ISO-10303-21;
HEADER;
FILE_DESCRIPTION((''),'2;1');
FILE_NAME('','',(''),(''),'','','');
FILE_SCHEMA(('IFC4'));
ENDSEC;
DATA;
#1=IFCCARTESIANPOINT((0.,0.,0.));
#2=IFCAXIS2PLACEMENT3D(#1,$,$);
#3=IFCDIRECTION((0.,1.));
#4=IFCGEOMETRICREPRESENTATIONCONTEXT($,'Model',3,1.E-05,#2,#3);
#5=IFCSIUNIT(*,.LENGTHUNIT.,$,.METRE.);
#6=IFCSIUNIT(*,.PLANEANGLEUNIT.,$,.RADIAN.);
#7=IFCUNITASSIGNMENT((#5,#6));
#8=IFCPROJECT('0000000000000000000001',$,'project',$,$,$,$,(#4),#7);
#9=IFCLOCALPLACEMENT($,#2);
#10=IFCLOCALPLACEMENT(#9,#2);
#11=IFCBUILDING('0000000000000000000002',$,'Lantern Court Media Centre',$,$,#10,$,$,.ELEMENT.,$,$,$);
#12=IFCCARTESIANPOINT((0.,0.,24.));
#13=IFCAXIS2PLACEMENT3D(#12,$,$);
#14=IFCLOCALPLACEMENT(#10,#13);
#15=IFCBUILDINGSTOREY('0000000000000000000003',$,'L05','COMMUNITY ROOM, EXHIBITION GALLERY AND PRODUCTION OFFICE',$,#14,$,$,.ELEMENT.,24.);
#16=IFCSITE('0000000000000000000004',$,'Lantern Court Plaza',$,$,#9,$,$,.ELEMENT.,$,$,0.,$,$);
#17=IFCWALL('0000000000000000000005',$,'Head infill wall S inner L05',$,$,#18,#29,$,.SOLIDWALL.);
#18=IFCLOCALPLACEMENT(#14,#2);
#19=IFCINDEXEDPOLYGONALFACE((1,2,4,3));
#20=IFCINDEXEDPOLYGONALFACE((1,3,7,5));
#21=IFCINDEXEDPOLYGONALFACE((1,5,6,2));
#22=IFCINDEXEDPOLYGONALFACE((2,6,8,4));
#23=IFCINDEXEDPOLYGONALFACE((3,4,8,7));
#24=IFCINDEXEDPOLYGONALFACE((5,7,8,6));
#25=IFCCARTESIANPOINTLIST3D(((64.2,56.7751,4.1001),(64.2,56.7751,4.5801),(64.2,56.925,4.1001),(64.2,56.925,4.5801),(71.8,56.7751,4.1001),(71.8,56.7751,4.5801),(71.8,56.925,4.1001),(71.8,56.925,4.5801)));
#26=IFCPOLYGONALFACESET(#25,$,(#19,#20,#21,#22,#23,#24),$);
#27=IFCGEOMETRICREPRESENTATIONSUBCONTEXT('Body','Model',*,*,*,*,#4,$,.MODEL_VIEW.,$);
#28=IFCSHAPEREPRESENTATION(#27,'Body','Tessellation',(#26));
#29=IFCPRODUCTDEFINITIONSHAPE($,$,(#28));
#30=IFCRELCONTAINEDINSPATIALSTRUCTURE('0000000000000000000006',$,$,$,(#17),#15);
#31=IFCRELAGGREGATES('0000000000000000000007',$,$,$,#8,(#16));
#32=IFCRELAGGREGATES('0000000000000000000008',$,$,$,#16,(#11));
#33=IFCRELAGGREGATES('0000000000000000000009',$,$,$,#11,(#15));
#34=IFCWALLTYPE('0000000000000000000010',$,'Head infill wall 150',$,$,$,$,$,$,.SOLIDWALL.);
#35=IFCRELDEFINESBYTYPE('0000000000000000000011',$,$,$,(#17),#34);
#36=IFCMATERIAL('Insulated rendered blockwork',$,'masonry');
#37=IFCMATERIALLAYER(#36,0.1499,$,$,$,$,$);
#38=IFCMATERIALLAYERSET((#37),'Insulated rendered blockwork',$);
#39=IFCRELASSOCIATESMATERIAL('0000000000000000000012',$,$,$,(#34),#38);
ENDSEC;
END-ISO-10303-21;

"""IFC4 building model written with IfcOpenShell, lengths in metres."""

from ifc_helpers import new_model, si_unit, direction, frame, frame_2d, origin, place, context, subcontext, project, spatial, rectangle, extrude, material, layer, layer_set, type_object, element, save


model = new_model("IFC4")

# Units and contexts
model_context = context("Model", 3, precision=1e-05, world=origin(), true_north=direction((0.0, 1.0)))
body_context = subcontext(model_context, "Body", "Model", "MODEL_VIEW")
ifc_project = project(units=[si_unit("LENGTHUNIT", "METRE"), si_unit("PLANEANGLEUNIT", "RADIAN")], contexts=[model_context])

# Site, building, storey
site_placement = place(None, origin())
site = spatial("IfcSite", under=ifc_project, at=site_placement, Name="Lantern Court Plaza", CompositionType="ELEMENT", RefElevation=0.0)
building_placement = place(site_placement, origin())
building = spatial("IfcBuilding", under=site, at=building_placement, Name="Lantern Court Media Centre", CompositionType="ELEMENT")
storey_placement = place(building_placement, frame((0.0, 0.0, 24.0)))
storey = spatial("IfcBuildingStorey", under=building, at=storey_placement, Name="L05", Description="COMMUNITY ROOM, EXHIBITION GALLERY AND PRODUCTION OFFICE", CompositionType="ELEMENT", Elevation=24.0)

# Wall
ifc_material_1 = material(Name="Insulated rendered blockwork", Category="masonry")
ifc_layer_1 = layer(ifc_material_1, 0.1499)
ifc_layer_set_1 = layer_set([ifc_layer_1], Name="Insulated rendered blockwork")
wall_type = type_object("IfcWallType", Name="Head infill wall 150", PredefinedType="SOLIDWALL", material=ifc_layer_set_1)
wall_placement = place(storey_placement, frame((64.2, 56.8501, 4.1001), z_axis=(0.0, 0.0, 1.0), x_axis=(1.0, 0.0, 0.0)))
element("IfcWall", 1, at=wall_placement, inside=storey, type_object=wall_type, Name="Head infill wall S inner L05", PredefinedType="SOLIDWALL", context=body_context, shape_type="SweptSolid", body=[
    extrude(rectangle(XDim=7.6001, YDim=0.1499, at=frame_2d((3.8, 0.0))), origin(), (0.0, 0.0, 1.0), 0.48),
])

save(model, "model.ifc")
